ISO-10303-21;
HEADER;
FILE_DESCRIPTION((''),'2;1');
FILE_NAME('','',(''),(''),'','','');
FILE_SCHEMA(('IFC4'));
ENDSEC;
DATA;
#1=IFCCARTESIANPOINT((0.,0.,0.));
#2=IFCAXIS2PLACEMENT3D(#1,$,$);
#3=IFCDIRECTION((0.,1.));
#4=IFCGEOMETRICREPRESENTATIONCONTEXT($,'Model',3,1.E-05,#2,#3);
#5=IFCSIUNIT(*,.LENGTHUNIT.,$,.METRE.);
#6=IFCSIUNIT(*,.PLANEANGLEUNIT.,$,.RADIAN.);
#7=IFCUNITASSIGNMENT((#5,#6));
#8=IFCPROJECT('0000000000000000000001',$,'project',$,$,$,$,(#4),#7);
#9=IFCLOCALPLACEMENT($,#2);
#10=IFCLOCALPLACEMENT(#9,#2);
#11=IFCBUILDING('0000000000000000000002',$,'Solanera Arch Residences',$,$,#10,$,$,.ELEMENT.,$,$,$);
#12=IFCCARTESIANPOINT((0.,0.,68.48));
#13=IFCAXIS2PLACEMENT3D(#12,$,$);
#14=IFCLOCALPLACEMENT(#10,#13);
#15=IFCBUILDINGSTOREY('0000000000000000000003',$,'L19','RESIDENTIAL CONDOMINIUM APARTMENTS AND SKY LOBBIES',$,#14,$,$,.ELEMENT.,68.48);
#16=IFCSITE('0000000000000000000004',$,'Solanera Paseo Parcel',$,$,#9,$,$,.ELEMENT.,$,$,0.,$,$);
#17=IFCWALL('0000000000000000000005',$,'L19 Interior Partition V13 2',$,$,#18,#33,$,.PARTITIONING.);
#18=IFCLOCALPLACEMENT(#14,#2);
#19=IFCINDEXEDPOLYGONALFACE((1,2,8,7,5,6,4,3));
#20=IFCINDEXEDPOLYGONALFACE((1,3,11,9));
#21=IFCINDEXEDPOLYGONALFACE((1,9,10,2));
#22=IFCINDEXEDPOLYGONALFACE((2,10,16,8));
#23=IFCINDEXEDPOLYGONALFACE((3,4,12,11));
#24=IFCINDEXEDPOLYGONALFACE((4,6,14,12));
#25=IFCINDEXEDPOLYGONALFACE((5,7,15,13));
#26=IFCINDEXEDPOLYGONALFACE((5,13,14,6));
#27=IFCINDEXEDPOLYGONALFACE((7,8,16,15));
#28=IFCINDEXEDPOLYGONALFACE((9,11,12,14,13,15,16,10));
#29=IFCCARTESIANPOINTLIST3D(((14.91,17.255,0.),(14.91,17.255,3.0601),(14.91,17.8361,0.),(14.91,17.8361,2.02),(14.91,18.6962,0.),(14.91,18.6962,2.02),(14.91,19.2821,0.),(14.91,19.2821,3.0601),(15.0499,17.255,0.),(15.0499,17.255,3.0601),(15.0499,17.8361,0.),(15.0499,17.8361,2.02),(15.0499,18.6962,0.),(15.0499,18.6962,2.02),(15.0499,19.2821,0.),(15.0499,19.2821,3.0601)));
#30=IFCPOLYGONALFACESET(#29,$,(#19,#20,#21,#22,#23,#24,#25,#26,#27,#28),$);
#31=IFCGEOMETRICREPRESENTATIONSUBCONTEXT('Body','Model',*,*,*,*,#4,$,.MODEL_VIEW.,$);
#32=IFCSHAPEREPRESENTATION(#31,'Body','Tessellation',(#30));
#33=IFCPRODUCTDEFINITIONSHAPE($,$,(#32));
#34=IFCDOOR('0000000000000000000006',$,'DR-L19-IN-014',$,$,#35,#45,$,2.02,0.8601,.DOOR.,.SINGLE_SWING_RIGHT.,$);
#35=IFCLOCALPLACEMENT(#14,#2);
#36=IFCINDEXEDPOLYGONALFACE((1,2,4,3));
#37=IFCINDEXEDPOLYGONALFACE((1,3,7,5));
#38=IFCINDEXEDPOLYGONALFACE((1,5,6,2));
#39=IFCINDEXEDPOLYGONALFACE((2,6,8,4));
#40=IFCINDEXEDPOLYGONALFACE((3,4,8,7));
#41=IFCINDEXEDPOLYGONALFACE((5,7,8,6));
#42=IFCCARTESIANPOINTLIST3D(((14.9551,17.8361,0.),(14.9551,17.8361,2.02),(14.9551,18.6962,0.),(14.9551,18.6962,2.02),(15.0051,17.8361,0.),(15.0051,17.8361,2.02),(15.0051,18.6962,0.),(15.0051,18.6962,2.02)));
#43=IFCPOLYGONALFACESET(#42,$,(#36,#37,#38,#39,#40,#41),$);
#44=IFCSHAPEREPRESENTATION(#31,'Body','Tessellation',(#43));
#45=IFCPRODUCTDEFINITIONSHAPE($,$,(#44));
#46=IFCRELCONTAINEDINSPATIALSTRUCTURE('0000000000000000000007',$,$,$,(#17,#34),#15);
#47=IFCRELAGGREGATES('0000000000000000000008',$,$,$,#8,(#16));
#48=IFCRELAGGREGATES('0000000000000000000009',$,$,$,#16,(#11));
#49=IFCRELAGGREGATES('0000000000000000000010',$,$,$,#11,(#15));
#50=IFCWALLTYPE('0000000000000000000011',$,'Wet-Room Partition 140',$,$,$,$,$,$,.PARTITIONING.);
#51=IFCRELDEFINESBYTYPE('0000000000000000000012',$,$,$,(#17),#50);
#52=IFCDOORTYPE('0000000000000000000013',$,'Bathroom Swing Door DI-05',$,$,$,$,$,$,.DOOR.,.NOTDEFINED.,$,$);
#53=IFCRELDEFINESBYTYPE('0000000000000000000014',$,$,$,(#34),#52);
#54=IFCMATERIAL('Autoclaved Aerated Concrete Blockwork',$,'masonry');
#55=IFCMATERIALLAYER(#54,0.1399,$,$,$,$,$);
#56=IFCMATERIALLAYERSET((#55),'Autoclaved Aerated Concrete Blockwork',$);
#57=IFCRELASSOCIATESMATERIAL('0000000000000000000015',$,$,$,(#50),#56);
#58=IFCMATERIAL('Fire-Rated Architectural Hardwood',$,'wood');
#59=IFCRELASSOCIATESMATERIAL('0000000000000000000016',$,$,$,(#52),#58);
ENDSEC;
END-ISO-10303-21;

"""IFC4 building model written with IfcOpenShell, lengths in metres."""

from ifc_helpers import new_model, si_unit, direction, frame, frame_2d, origin, place, context, subcontext, project, spatial, rectangle, extrude, material, layer, layer_set, type_object, element, fill, save


model = new_model("IFC4")

# Units and contexts
model_context = context("Model", 3, precision=1e-05, world=origin(), true_north=direction((0.0, 1.0)))
body_context = subcontext(model_context, "Body", "Model", "MODEL_VIEW")
ifc_project = project(units=[si_unit("LENGTHUNIT", "METRE"), si_unit("PLANEANGLEUNIT", "RADIAN")], contexts=[model_context])

# Site, building, storey
site_placement = place(None, origin())
site = spatial("IfcSite", under=ifc_project, at=site_placement, Name="Solanera Paseo Parcel", CompositionType="ELEMENT", RefElevation=0.0)
building_placement = place(site_placement, origin())
building = spatial("IfcBuilding", under=site, at=building_placement, Name="Solanera Arch Residences", CompositionType="ELEMENT")
storey_placement = place(building_placement, frame((0.0, 0.0, 68.48)))
storey = spatial("IfcBuildingStorey", under=building, at=storey_placement, Name="L19", Description="RESIDENTIAL CONDOMINIUM APARTMENTS AND SKY LOBBIES", CompositionType="ELEMENT", Elevation=68.48)

# Shared definitions
ifc_material_1 = material(Name="Autoclaved Aerated Concrete Blockwork", Category="masonry")
ifc_layer_1 = layer(ifc_material_1, 0.1399)
ifc_layer_set_1 = layer_set([ifc_layer_1], Name="Autoclaved Aerated Concrete Blockwork")
wall_type_1 = type_object("IfcWallType", Name="Wet-Room Partition 140", PredefinedType="PARTITIONING", material=ifc_layer_set_1)

# Wall, opening, door
wall_1_placement = place(storey_placement, frame((14.98, 17.2549, 0.0), z_axis=(0.0, 0.0, 1.0), x_axis=(0.0, 1.0, 0.0)))
wall_1 = element("IfcWall", 1, at=wall_1_placement, inside=storey, type_object=wall_type_1, Name="L19 Interior Partition V13 2", PredefinedType="PARTITIONING", context=body_context, shape_type="SweptSolid", body=[
    extrude(rectangle(XDim=2.0271, YDim=0.1399, at=frame_2d((1.0137, 0.0))), origin(), (0.0, 0.0, 1.0), 3.0601),
])
opening_1_placement = place(wall_1_placement, frame((0.5811, 0.0, 0.0)))
opening_1 = element("IfcOpeningElement", 2, at=opening_1_placement, cuts=wall_1, PredefinedType="OPENING", context=body_context, shape_type="SweptSolid", body=[
    extrude(rectangle(XDim=0.8601, YDim=2.02, at=frame_2d((0.4302, 1.01))), frame((0.0, 0.0798, 0.0), z_axis=(0.0, -1.0, 0.0), x_axis=(1.0, 0.0, 0.0)), (0.0, 0.0, 1.0), 0.1599),
])
ifc_material_2 = material(Name="Fire-Rated Architectural Hardwood", Category="wood")
door_type_1 = type_object("IfcDoorType", Name="Bathroom Swing Door DI-05", OperationType="NOTDEFINED", PredefinedType="DOOR", material=ifc_material_2)
door_1_placement = place(opening_1_placement, origin())
door_1 = element("IfcDoor", 3, at=door_1_placement, inside=storey, type_object=door_type_1, Name="DR-L19-IN-014", OperationType="SINGLE_SWING_RIGHT", OverallHeight=2.02, OverallWidth=0.8601, PredefinedType="DOOR", context=body_context, shape_type="SweptSolid", body=[
    extrude(rectangle(XDim=0.8601, YDim=2.02, at=frame_2d((0.4302, 1.01))), frame((0.0, 0.0249, 0.0), z_axis=(0.0, -1.0, 0.0), x_axis=(1.0, 0.0, 0.0)), (0.0, 0.0, 1.0), 0.05),
])
fill(opening_1, door_1)

save(model, "model.ifc")
